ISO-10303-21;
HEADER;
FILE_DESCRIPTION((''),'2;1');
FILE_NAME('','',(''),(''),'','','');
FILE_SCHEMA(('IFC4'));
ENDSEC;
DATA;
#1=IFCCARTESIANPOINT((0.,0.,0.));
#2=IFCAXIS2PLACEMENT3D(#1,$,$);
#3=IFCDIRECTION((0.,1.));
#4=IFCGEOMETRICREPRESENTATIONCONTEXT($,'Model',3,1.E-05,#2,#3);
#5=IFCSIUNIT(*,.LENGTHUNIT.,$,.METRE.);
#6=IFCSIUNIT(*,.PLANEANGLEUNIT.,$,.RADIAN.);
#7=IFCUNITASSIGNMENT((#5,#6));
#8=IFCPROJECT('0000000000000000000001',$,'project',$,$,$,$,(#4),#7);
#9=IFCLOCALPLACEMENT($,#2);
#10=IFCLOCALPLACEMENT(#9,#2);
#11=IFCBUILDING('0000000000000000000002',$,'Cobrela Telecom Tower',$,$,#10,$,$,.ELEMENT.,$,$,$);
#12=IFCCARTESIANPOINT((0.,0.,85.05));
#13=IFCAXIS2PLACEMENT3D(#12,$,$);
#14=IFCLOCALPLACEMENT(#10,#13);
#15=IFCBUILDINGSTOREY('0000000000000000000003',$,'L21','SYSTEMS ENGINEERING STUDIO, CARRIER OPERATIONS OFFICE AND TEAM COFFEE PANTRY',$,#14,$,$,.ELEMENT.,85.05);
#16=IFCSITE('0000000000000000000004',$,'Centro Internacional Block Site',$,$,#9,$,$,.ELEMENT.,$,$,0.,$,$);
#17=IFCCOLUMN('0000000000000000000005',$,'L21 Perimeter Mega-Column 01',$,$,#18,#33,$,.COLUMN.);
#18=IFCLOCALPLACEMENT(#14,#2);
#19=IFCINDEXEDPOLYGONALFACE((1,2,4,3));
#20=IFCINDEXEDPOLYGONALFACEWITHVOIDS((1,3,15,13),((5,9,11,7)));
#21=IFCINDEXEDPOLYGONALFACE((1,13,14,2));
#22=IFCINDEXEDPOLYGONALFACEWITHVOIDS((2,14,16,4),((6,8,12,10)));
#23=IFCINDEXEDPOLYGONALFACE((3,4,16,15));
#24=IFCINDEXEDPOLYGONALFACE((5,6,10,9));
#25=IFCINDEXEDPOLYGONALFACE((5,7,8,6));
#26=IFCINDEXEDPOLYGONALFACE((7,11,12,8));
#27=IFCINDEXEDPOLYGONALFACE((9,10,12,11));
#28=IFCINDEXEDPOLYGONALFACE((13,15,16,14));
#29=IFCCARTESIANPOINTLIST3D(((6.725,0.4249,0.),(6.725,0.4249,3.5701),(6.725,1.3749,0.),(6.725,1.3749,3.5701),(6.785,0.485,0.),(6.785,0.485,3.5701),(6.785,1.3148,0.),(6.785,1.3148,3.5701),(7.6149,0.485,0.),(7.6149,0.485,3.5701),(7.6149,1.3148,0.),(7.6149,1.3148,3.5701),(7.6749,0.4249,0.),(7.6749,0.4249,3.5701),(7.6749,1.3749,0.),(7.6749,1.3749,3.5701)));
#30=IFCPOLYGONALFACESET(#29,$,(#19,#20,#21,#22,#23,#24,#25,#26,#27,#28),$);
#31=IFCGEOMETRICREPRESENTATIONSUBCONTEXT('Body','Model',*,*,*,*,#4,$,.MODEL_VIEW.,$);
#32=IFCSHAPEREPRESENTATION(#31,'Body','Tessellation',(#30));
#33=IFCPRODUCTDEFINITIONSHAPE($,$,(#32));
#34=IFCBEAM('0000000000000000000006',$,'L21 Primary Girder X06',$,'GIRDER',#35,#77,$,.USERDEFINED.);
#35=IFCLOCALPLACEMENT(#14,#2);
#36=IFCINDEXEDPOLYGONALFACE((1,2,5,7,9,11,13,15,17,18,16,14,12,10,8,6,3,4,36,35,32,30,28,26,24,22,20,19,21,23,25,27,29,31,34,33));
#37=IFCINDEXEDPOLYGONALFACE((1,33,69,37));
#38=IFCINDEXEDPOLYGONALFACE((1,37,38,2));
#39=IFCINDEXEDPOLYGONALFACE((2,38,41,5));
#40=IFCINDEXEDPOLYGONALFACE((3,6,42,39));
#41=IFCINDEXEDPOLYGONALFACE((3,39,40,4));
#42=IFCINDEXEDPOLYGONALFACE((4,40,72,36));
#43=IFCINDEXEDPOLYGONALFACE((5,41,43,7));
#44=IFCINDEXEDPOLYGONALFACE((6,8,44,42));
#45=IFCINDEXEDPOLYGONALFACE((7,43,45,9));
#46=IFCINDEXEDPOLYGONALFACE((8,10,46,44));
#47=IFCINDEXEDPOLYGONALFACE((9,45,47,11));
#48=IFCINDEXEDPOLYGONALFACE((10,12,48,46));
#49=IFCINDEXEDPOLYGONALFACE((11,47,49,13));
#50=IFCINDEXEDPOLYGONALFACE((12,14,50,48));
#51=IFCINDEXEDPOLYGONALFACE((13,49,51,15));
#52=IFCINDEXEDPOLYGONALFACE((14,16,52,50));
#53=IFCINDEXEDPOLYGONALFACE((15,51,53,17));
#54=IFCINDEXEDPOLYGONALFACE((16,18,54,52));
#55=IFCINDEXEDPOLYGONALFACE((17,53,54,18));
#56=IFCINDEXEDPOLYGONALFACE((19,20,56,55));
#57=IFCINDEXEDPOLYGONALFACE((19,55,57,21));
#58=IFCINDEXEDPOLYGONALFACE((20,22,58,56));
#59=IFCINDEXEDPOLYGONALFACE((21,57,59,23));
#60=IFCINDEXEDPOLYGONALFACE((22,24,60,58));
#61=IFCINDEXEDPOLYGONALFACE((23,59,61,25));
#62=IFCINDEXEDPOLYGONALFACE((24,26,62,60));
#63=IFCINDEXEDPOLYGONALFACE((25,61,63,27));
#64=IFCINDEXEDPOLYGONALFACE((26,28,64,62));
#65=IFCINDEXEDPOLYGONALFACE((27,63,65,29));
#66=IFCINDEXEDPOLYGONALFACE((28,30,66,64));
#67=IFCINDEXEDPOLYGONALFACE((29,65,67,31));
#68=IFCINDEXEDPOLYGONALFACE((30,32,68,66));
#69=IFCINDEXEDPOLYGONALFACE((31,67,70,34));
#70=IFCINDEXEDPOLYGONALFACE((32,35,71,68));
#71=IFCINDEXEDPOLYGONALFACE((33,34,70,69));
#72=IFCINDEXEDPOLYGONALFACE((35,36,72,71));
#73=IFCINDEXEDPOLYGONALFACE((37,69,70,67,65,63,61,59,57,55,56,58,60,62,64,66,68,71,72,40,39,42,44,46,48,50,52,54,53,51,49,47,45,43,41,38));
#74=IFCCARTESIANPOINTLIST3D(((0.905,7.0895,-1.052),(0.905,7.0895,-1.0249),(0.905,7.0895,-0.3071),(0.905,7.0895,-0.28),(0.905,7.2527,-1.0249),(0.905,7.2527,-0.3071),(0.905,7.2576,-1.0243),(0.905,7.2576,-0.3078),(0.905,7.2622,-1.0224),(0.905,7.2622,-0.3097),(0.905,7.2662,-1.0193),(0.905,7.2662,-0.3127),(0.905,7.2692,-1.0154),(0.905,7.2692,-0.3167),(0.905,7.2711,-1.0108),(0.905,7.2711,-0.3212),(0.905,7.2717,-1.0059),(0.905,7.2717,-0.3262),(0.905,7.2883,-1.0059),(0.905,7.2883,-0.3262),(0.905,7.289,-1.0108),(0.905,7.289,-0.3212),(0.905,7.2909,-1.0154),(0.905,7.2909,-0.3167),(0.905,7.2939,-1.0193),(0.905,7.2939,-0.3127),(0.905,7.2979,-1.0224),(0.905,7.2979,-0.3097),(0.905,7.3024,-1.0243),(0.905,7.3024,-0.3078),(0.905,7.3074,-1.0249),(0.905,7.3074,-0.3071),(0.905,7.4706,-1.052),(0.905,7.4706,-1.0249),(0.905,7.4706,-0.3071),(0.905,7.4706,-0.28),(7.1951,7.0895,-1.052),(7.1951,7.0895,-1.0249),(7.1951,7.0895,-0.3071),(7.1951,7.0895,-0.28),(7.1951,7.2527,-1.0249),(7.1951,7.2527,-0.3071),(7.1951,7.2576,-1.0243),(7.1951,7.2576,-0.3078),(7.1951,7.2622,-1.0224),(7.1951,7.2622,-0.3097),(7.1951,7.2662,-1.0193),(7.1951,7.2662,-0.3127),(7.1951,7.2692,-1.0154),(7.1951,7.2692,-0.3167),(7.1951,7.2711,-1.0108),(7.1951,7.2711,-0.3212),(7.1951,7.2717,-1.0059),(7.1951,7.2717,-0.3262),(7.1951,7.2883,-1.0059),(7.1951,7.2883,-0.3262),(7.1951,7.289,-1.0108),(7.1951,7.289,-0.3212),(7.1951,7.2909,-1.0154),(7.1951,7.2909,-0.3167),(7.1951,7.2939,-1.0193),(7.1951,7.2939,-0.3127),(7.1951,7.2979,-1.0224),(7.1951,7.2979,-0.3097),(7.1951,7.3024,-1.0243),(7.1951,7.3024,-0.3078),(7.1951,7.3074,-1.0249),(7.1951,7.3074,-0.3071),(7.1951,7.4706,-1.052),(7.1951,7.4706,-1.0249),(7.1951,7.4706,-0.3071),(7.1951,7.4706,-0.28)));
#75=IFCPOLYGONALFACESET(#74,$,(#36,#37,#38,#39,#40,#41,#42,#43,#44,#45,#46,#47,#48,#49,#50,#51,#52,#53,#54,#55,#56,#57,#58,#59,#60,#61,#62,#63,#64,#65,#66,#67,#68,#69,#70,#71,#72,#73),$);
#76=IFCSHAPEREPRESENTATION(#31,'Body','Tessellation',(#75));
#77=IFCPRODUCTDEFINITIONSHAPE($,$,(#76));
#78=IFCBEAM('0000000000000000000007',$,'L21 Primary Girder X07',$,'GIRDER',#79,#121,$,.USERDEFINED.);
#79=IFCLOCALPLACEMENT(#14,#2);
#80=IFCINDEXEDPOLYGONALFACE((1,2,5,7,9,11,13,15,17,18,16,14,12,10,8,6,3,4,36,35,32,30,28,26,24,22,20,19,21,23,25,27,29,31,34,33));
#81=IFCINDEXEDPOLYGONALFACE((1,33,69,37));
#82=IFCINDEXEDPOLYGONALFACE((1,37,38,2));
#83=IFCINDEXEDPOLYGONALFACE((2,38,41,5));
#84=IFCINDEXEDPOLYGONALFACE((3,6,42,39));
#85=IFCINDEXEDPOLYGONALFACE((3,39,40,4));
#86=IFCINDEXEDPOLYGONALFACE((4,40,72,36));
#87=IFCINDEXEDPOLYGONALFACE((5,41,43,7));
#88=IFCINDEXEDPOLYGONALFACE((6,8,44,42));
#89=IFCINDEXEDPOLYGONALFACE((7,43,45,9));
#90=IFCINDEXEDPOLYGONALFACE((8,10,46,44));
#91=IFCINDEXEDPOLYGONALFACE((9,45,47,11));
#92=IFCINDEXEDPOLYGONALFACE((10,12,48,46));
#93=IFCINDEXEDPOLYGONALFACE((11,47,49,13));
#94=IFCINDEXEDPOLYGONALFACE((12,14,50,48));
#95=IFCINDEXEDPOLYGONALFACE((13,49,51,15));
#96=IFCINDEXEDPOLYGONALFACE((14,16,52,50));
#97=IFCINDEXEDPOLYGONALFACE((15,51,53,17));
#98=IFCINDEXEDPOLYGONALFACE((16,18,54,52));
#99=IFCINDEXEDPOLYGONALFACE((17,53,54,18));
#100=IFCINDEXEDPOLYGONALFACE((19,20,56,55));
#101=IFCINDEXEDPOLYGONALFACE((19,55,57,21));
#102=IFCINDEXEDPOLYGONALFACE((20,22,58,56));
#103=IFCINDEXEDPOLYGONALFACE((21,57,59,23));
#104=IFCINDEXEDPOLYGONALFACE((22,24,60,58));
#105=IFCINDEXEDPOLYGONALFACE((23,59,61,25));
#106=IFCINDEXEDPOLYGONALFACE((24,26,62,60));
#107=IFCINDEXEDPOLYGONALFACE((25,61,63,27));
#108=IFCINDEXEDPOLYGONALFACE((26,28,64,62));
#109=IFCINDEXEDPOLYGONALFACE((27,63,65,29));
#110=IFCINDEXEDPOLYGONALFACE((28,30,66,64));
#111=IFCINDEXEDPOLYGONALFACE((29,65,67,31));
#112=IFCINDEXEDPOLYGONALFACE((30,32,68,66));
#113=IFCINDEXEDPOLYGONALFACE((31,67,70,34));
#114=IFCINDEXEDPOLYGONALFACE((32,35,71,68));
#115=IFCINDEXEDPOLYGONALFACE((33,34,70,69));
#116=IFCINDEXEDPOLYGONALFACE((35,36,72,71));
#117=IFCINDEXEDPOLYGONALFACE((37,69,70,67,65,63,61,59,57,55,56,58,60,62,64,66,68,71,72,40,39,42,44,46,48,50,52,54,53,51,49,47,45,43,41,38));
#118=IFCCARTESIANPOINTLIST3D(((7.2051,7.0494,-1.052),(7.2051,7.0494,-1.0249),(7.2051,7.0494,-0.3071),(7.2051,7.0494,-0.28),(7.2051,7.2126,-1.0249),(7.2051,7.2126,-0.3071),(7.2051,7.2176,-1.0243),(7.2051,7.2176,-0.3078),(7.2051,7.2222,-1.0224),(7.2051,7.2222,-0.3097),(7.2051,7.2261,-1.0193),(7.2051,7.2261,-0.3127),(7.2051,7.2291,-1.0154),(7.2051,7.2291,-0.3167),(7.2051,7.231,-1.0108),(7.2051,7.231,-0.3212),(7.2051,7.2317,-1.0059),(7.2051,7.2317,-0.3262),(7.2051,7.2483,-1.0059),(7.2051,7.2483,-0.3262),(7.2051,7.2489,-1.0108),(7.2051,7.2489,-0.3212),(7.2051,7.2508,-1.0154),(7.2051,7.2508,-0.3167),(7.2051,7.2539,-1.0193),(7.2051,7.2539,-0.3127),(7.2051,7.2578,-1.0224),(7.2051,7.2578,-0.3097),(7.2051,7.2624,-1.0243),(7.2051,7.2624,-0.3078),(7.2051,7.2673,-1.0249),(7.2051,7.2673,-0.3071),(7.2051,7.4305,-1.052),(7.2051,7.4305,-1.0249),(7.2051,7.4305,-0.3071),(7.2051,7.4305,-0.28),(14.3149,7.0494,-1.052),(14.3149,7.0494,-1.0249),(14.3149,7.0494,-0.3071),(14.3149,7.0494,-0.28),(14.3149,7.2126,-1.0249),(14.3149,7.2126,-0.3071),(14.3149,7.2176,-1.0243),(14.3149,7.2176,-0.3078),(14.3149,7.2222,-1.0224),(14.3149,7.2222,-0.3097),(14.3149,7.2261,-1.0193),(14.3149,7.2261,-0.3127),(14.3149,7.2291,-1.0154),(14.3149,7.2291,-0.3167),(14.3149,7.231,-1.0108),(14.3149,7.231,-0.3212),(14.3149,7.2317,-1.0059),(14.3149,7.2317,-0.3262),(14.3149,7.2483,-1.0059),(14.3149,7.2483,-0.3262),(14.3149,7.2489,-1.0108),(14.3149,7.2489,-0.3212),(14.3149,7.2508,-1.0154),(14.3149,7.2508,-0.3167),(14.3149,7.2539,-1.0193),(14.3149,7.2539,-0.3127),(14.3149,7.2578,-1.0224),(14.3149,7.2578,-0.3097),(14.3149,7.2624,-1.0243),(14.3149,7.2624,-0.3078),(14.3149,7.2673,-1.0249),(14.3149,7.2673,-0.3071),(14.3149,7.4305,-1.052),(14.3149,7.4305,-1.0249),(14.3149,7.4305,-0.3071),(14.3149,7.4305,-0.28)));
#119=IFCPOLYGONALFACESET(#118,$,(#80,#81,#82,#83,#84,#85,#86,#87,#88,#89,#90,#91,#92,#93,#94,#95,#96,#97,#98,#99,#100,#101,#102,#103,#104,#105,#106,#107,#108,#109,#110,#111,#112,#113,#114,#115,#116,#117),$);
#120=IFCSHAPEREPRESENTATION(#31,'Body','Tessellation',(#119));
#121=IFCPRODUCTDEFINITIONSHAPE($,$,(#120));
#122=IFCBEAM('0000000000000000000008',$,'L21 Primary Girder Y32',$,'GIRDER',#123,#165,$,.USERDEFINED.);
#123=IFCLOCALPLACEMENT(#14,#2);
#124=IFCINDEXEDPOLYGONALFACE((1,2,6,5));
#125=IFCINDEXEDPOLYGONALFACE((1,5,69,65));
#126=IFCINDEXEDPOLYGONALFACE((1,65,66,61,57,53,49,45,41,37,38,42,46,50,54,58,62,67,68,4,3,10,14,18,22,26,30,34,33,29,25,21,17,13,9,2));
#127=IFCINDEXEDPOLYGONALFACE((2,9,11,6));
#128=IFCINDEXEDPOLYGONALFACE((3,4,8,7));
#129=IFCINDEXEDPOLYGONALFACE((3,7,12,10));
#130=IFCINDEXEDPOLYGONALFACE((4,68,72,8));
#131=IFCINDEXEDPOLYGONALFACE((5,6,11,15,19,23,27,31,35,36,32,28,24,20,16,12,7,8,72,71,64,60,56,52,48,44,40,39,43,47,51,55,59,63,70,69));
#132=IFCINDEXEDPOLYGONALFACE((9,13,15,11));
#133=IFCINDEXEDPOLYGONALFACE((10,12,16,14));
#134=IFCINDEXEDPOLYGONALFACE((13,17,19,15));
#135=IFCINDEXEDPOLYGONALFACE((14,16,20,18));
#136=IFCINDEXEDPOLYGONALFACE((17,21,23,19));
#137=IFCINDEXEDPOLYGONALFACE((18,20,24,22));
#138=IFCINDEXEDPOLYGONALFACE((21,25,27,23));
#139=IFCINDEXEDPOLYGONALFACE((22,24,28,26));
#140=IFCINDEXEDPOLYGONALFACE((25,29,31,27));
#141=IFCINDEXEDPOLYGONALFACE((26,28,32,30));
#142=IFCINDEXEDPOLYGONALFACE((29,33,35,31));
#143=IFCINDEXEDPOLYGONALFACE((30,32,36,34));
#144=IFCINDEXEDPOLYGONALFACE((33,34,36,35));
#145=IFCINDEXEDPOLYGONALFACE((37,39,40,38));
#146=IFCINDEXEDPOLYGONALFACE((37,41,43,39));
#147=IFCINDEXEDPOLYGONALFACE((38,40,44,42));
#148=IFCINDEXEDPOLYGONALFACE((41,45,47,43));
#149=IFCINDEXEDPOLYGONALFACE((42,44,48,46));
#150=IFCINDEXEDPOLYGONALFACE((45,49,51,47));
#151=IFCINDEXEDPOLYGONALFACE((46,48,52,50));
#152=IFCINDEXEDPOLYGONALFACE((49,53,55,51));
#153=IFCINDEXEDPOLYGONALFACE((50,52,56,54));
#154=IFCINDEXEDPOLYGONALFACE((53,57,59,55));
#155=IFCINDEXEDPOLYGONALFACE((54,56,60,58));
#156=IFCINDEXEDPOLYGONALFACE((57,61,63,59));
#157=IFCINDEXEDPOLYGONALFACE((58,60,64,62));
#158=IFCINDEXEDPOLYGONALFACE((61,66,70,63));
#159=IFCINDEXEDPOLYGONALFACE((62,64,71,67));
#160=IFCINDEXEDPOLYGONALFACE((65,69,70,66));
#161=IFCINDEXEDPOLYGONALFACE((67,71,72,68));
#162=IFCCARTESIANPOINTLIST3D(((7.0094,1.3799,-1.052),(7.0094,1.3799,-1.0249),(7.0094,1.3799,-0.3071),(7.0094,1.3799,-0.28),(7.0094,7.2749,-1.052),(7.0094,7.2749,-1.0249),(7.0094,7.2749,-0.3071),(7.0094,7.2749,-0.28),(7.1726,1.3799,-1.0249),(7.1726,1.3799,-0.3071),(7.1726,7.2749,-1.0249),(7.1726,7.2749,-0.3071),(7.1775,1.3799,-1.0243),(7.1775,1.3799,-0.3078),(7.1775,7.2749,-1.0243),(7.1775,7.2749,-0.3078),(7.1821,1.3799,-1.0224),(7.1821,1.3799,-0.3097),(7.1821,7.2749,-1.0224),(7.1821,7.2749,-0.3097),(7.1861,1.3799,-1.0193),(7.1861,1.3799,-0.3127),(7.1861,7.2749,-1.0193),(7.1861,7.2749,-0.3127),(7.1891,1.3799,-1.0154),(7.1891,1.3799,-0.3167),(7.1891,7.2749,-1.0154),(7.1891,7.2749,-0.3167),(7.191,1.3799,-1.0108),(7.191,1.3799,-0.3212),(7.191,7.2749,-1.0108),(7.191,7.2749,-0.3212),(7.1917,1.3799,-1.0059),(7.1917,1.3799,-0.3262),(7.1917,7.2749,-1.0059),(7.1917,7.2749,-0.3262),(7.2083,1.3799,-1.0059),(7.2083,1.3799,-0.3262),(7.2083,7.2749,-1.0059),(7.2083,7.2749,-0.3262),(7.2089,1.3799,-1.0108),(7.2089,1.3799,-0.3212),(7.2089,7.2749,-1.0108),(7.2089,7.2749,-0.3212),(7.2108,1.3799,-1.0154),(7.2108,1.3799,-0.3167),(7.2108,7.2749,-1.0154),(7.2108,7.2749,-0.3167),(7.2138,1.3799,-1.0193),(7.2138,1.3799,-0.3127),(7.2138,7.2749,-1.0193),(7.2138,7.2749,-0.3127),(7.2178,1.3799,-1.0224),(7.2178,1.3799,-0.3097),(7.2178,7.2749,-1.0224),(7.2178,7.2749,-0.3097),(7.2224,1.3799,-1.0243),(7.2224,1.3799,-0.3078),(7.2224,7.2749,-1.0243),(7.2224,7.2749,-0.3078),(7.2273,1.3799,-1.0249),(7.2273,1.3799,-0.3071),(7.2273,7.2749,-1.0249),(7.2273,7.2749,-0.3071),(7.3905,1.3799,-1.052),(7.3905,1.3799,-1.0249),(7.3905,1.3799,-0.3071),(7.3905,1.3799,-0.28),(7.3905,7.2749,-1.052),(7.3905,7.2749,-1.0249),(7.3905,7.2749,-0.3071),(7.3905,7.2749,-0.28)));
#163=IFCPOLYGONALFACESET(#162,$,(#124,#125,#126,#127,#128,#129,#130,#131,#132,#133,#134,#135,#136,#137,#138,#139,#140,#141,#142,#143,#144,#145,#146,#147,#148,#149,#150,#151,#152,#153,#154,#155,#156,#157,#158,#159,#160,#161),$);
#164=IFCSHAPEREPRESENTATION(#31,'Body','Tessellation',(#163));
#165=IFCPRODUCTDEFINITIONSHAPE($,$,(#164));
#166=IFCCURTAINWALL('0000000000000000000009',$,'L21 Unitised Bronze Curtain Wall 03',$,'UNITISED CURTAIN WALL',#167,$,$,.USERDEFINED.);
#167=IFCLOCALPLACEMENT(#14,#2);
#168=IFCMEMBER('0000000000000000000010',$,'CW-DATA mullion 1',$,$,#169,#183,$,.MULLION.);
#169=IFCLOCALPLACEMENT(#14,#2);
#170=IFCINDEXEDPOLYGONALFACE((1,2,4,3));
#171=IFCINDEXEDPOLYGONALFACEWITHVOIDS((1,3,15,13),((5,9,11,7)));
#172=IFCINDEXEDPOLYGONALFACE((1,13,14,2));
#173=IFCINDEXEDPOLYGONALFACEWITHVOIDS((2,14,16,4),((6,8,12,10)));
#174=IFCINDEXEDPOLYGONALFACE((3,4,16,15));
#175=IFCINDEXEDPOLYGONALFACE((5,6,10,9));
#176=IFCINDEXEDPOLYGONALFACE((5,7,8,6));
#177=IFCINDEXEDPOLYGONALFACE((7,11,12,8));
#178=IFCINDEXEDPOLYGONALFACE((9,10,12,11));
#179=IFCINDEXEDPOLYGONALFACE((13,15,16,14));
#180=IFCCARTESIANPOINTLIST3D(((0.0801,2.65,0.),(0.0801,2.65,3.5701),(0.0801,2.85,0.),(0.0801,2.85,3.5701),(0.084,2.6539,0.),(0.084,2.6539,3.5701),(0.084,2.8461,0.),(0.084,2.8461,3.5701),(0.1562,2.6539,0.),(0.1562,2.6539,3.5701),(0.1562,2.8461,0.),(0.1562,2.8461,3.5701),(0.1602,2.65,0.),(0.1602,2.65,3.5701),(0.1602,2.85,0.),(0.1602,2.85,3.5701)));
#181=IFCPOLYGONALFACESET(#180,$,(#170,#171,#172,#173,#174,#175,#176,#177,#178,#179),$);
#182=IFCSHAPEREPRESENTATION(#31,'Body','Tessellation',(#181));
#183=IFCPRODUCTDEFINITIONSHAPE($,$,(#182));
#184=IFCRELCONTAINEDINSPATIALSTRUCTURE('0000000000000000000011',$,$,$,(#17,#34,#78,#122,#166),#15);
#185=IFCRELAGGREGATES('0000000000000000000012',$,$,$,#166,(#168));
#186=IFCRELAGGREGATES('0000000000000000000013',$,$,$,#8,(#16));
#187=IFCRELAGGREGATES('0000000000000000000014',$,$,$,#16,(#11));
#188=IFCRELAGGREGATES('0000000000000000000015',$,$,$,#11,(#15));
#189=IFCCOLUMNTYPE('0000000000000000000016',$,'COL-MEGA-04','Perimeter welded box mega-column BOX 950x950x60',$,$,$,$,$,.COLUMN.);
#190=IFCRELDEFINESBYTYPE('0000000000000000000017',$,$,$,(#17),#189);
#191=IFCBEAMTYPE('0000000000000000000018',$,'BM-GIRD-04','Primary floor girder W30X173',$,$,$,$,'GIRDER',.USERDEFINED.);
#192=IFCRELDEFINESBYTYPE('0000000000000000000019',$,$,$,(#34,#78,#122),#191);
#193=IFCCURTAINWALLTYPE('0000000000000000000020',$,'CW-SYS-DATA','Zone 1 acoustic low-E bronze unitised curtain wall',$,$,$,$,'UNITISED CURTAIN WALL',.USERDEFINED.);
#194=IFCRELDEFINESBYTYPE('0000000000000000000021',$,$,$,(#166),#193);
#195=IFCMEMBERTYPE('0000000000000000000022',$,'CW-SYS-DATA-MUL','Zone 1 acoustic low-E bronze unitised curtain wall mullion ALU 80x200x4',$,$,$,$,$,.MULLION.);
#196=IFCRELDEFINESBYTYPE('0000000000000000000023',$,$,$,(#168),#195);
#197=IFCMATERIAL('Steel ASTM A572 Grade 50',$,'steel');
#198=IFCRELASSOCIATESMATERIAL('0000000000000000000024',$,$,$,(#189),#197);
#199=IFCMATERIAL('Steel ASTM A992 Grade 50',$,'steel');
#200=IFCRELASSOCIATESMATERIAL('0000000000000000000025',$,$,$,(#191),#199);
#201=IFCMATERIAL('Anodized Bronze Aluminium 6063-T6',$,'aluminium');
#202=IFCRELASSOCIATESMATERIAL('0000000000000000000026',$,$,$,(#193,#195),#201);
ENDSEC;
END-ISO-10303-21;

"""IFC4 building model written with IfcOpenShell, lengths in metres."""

from ifc_helpers import new_model, si_unit, direction, frame, origin, origin_2d, place, context, subcontext, project, spatial, hollow_rectangle, i_section, extrude, material, material_profile, profile_set, type_object, element, aggregate, save


model = new_model("IFC4")

# Units and contexts
model_context = context("Model", 3, precision=1e-05, world=origin(), true_north=direction((0.0, 1.0)))
body_context = subcontext(model_context, "Body", "Model", "MODEL_VIEW")
ifc_project = project(units=[si_unit("LENGTHUNIT", "METRE"), si_unit("PLANEANGLEUNIT", "RADIAN")], contexts=[model_context])

# Site, building, storey
site_placement = place(None, origin())
site = spatial("IfcSite", under=ifc_project, at=site_placement, Name="Centro Internacional Block Site", CompositionType="ELEMENT", RefElevation=0.0)
building_placement = place(site_placement, origin())
building = spatial("IfcBuilding", under=site, at=building_placement, Name="Cobrela Telecom Tower", CompositionType="ELEMENT")
storey_placement = place(building_placement, frame((0.0, 0.0, 85.05)))
storey = spatial("IfcBuildingStorey", under=building, at=storey_placement, Name="L21", Description="SYSTEMS ENGINEERING STUDIO, CARRIER OPERATIONS OFFICE AND TEAM COFFEE PANTRY", CompositionType="ELEMENT", Elevation=85.05)

# Column
ifc_material_1 = material(Name="Steel ASTM A572 Grade 50", Category="steel")
ifc_material_profile_1 = material_profile(ifc_material_1, hollow_rectangle(XDim=0.95, YDim=0.95, WallThickness=0.0601, at=origin_2d()), Name="BOX 950x950x60")
ifc_profile_set_1 = profile_set([ifc_material_profile_1], Name="Steel ASTM A572 Grade 50")
column_type = type_object("IfcColumnType", Name="COL-MEGA-04", Description="Perimeter welded box mega-column BOX 950x950x60", PredefinedType="COLUMN", material=ifc_profile_set_1)
column_placement = place(storey_placement, frame((7.2, 0.8999, 0.0), z_axis=(0.0, 0.0, 1.0), x_axis=(1.0, 0.0, 0.0)))
element("IfcColumn", 1, at=column_placement, inside=storey, type_object=column_type, Name="L21 Perimeter Mega-Column 01", PredefinedType="COLUMN", context=body_context, shape_type="SweptSolid", body=[
    extrude(hollow_rectangle(XDim=0.95, YDim=0.95, WallThickness=0.0601, at=origin_2d()), origin(), (0.0, 0.0, 1.0), 3.5701),
])

# Beams
ifc_material_2 = material(Name="Steel ASTM A992 Grade 50", Category="steel")
ifc_material_profile_2 = material_profile(ifc_material_2, i_section(OverallWidth=0.3811, OverallDepth=0.772, WebThickness=0.0166, FlangeThickness=0.0271, FilletRadius=0.019, at=origin_2d()), Name="W30X173")
ifc_profile_set_2 = profile_set([ifc_material_profile_2], Name="Steel ASTM A992 Grade 50")
beam_type = type_object("IfcBeamType", Name="BM-GIRD-04", Description="Primary floor girder W30X173", ElementType="GIRDER", PredefinedType="USERDEFINED", material=ifc_profile_set_2)
beam_1_placement = place(storey_placement, frame((0.905, 7.28, -0.666), z_axis=(1.0, 0.0, 0.0), x_axis=(0.0, 1.0, 0.0)))
element("IfcBeam", 2, at=beam_1_placement, inside=storey, type_object=beam_type, Name="L21 Primary Girder X06", ObjectType="GIRDER", PredefinedType="USERDEFINED", context=body_context, shape_type="SweptSolid", body=[
    extrude(i_section(OverallWidth=0.3811, OverallDepth=0.772, WebThickness=0.0166, FlangeThickness=0.0271, FilletRadius=0.019, at=origin_2d()), origin(), (0.0, 0.0, 1.0), 6.29),
])
beam_2_placement = place(storey_placement, frame((7.2051, 7.24, -0.666), z_axis=(1.0, 0.0, 0.0), x_axis=(0.0, 1.0, 0.0)))
element("IfcBeam", 3, at=beam_2_placement, inside=storey, type_object=beam_type, Name="L21 Primary Girder X07", ObjectType="GIRDER", PredefinedType="USERDEFINED", context=body_context, shape_type="SweptSolid", body=[
    extrude(i_section(OverallWidth=0.3811, OverallDepth=0.772, WebThickness=0.0166, FlangeThickness=0.0271, FilletRadius=0.019, at=origin_2d()), origin(), (0.0, 0.0, 1.0), 7.1099),
])
beam_3_placement = place(storey_placement, frame((7.2, 1.3799, -0.666), z_axis=(0.0, 1.0, 0.0), x_axis=(-1.0, 0.0, 0.0)))
element("IfcBeam", 4, at=beam_3_placement, inside=storey, type_object=beam_type, Name="L21 Primary Girder Y32", ObjectType="GIRDER", PredefinedType="USERDEFINED", context=body_context, shape_type="SweptSolid", body=[
    extrude(i_section(OverallWidth=0.3811, OverallDepth=0.772, WebThickness=0.0166, FlangeThickness=0.0271, FilletRadius=0.019, at=origin_2d()), origin(), (0.0, 0.0, 1.0), 5.895),
])

# Curtain wall, member
ifc_material_3 = material(Name="Anodized Bronze Aluminium 6063-T6", Category="aluminium")
curtain_wall_type = type_object("IfcCurtainWallType", Name="CW-SYS-DATA", Description="Zone 1 acoustic low-E bronze unitised curtain wall", ElementType="UNITISED CURTAIN WALL", PredefinedType="USERDEFINED", material=ifc_material_3)
curtain_wall_placement = place(storey_placement, origin())
curtain_wall = element("IfcCurtainWall", 5, at=curtain_wall_placement, inside=storey, type_object=curtain_wall_type, Name="L21 Unitised Bronze Curtain Wall 03", ObjectType="UNITISED CURTAIN WALL", PredefinedType="USERDEFINED")
ifc_material_profile_3 = material_profile(ifc_material_3, hollow_rectangle(XDim=0.0801, YDim=0.2, WallThickness=0.0039, at=origin_2d()), Name="ALU 80x200x4")
ifc_profile_set_3 = profile_set([ifc_material_profile_3], Name="Anodized Bronze Aluminium 6063-T6")
member_type_1 = type_object("IfcMemberType", Name="CW-SYS-DATA-MUL", Description="Zone 1 acoustic low-E bronze unitised curtain wall mullion ALU 80x200x4", PredefinedType="MULLION", material=ifc_profile_set_3)
member_1_placement = place(storey_placement, frame((0.1201, 2.75, 0.0), z_axis=(0.0, 0.0, 1.0), x_axis=(-1.0, 0.0, 0.0)))
member_1 = element("IfcMember", 6, at=member_1_placement, type_object=member_type_1, Name="CW-DATA mullion 1", PredefinedType="MULLION", context=body_context, shape_type="SweptSolid", body=[
    extrude(hollow_rectangle(XDim=0.0801, YDim=0.2, WallThickness=0.0039, at=origin_2d()), origin(), (0.0, 0.0, 1.0), 3.5701),
])
aggregate(curtain_wall, [member_1])

save(model, "model.ifc")
